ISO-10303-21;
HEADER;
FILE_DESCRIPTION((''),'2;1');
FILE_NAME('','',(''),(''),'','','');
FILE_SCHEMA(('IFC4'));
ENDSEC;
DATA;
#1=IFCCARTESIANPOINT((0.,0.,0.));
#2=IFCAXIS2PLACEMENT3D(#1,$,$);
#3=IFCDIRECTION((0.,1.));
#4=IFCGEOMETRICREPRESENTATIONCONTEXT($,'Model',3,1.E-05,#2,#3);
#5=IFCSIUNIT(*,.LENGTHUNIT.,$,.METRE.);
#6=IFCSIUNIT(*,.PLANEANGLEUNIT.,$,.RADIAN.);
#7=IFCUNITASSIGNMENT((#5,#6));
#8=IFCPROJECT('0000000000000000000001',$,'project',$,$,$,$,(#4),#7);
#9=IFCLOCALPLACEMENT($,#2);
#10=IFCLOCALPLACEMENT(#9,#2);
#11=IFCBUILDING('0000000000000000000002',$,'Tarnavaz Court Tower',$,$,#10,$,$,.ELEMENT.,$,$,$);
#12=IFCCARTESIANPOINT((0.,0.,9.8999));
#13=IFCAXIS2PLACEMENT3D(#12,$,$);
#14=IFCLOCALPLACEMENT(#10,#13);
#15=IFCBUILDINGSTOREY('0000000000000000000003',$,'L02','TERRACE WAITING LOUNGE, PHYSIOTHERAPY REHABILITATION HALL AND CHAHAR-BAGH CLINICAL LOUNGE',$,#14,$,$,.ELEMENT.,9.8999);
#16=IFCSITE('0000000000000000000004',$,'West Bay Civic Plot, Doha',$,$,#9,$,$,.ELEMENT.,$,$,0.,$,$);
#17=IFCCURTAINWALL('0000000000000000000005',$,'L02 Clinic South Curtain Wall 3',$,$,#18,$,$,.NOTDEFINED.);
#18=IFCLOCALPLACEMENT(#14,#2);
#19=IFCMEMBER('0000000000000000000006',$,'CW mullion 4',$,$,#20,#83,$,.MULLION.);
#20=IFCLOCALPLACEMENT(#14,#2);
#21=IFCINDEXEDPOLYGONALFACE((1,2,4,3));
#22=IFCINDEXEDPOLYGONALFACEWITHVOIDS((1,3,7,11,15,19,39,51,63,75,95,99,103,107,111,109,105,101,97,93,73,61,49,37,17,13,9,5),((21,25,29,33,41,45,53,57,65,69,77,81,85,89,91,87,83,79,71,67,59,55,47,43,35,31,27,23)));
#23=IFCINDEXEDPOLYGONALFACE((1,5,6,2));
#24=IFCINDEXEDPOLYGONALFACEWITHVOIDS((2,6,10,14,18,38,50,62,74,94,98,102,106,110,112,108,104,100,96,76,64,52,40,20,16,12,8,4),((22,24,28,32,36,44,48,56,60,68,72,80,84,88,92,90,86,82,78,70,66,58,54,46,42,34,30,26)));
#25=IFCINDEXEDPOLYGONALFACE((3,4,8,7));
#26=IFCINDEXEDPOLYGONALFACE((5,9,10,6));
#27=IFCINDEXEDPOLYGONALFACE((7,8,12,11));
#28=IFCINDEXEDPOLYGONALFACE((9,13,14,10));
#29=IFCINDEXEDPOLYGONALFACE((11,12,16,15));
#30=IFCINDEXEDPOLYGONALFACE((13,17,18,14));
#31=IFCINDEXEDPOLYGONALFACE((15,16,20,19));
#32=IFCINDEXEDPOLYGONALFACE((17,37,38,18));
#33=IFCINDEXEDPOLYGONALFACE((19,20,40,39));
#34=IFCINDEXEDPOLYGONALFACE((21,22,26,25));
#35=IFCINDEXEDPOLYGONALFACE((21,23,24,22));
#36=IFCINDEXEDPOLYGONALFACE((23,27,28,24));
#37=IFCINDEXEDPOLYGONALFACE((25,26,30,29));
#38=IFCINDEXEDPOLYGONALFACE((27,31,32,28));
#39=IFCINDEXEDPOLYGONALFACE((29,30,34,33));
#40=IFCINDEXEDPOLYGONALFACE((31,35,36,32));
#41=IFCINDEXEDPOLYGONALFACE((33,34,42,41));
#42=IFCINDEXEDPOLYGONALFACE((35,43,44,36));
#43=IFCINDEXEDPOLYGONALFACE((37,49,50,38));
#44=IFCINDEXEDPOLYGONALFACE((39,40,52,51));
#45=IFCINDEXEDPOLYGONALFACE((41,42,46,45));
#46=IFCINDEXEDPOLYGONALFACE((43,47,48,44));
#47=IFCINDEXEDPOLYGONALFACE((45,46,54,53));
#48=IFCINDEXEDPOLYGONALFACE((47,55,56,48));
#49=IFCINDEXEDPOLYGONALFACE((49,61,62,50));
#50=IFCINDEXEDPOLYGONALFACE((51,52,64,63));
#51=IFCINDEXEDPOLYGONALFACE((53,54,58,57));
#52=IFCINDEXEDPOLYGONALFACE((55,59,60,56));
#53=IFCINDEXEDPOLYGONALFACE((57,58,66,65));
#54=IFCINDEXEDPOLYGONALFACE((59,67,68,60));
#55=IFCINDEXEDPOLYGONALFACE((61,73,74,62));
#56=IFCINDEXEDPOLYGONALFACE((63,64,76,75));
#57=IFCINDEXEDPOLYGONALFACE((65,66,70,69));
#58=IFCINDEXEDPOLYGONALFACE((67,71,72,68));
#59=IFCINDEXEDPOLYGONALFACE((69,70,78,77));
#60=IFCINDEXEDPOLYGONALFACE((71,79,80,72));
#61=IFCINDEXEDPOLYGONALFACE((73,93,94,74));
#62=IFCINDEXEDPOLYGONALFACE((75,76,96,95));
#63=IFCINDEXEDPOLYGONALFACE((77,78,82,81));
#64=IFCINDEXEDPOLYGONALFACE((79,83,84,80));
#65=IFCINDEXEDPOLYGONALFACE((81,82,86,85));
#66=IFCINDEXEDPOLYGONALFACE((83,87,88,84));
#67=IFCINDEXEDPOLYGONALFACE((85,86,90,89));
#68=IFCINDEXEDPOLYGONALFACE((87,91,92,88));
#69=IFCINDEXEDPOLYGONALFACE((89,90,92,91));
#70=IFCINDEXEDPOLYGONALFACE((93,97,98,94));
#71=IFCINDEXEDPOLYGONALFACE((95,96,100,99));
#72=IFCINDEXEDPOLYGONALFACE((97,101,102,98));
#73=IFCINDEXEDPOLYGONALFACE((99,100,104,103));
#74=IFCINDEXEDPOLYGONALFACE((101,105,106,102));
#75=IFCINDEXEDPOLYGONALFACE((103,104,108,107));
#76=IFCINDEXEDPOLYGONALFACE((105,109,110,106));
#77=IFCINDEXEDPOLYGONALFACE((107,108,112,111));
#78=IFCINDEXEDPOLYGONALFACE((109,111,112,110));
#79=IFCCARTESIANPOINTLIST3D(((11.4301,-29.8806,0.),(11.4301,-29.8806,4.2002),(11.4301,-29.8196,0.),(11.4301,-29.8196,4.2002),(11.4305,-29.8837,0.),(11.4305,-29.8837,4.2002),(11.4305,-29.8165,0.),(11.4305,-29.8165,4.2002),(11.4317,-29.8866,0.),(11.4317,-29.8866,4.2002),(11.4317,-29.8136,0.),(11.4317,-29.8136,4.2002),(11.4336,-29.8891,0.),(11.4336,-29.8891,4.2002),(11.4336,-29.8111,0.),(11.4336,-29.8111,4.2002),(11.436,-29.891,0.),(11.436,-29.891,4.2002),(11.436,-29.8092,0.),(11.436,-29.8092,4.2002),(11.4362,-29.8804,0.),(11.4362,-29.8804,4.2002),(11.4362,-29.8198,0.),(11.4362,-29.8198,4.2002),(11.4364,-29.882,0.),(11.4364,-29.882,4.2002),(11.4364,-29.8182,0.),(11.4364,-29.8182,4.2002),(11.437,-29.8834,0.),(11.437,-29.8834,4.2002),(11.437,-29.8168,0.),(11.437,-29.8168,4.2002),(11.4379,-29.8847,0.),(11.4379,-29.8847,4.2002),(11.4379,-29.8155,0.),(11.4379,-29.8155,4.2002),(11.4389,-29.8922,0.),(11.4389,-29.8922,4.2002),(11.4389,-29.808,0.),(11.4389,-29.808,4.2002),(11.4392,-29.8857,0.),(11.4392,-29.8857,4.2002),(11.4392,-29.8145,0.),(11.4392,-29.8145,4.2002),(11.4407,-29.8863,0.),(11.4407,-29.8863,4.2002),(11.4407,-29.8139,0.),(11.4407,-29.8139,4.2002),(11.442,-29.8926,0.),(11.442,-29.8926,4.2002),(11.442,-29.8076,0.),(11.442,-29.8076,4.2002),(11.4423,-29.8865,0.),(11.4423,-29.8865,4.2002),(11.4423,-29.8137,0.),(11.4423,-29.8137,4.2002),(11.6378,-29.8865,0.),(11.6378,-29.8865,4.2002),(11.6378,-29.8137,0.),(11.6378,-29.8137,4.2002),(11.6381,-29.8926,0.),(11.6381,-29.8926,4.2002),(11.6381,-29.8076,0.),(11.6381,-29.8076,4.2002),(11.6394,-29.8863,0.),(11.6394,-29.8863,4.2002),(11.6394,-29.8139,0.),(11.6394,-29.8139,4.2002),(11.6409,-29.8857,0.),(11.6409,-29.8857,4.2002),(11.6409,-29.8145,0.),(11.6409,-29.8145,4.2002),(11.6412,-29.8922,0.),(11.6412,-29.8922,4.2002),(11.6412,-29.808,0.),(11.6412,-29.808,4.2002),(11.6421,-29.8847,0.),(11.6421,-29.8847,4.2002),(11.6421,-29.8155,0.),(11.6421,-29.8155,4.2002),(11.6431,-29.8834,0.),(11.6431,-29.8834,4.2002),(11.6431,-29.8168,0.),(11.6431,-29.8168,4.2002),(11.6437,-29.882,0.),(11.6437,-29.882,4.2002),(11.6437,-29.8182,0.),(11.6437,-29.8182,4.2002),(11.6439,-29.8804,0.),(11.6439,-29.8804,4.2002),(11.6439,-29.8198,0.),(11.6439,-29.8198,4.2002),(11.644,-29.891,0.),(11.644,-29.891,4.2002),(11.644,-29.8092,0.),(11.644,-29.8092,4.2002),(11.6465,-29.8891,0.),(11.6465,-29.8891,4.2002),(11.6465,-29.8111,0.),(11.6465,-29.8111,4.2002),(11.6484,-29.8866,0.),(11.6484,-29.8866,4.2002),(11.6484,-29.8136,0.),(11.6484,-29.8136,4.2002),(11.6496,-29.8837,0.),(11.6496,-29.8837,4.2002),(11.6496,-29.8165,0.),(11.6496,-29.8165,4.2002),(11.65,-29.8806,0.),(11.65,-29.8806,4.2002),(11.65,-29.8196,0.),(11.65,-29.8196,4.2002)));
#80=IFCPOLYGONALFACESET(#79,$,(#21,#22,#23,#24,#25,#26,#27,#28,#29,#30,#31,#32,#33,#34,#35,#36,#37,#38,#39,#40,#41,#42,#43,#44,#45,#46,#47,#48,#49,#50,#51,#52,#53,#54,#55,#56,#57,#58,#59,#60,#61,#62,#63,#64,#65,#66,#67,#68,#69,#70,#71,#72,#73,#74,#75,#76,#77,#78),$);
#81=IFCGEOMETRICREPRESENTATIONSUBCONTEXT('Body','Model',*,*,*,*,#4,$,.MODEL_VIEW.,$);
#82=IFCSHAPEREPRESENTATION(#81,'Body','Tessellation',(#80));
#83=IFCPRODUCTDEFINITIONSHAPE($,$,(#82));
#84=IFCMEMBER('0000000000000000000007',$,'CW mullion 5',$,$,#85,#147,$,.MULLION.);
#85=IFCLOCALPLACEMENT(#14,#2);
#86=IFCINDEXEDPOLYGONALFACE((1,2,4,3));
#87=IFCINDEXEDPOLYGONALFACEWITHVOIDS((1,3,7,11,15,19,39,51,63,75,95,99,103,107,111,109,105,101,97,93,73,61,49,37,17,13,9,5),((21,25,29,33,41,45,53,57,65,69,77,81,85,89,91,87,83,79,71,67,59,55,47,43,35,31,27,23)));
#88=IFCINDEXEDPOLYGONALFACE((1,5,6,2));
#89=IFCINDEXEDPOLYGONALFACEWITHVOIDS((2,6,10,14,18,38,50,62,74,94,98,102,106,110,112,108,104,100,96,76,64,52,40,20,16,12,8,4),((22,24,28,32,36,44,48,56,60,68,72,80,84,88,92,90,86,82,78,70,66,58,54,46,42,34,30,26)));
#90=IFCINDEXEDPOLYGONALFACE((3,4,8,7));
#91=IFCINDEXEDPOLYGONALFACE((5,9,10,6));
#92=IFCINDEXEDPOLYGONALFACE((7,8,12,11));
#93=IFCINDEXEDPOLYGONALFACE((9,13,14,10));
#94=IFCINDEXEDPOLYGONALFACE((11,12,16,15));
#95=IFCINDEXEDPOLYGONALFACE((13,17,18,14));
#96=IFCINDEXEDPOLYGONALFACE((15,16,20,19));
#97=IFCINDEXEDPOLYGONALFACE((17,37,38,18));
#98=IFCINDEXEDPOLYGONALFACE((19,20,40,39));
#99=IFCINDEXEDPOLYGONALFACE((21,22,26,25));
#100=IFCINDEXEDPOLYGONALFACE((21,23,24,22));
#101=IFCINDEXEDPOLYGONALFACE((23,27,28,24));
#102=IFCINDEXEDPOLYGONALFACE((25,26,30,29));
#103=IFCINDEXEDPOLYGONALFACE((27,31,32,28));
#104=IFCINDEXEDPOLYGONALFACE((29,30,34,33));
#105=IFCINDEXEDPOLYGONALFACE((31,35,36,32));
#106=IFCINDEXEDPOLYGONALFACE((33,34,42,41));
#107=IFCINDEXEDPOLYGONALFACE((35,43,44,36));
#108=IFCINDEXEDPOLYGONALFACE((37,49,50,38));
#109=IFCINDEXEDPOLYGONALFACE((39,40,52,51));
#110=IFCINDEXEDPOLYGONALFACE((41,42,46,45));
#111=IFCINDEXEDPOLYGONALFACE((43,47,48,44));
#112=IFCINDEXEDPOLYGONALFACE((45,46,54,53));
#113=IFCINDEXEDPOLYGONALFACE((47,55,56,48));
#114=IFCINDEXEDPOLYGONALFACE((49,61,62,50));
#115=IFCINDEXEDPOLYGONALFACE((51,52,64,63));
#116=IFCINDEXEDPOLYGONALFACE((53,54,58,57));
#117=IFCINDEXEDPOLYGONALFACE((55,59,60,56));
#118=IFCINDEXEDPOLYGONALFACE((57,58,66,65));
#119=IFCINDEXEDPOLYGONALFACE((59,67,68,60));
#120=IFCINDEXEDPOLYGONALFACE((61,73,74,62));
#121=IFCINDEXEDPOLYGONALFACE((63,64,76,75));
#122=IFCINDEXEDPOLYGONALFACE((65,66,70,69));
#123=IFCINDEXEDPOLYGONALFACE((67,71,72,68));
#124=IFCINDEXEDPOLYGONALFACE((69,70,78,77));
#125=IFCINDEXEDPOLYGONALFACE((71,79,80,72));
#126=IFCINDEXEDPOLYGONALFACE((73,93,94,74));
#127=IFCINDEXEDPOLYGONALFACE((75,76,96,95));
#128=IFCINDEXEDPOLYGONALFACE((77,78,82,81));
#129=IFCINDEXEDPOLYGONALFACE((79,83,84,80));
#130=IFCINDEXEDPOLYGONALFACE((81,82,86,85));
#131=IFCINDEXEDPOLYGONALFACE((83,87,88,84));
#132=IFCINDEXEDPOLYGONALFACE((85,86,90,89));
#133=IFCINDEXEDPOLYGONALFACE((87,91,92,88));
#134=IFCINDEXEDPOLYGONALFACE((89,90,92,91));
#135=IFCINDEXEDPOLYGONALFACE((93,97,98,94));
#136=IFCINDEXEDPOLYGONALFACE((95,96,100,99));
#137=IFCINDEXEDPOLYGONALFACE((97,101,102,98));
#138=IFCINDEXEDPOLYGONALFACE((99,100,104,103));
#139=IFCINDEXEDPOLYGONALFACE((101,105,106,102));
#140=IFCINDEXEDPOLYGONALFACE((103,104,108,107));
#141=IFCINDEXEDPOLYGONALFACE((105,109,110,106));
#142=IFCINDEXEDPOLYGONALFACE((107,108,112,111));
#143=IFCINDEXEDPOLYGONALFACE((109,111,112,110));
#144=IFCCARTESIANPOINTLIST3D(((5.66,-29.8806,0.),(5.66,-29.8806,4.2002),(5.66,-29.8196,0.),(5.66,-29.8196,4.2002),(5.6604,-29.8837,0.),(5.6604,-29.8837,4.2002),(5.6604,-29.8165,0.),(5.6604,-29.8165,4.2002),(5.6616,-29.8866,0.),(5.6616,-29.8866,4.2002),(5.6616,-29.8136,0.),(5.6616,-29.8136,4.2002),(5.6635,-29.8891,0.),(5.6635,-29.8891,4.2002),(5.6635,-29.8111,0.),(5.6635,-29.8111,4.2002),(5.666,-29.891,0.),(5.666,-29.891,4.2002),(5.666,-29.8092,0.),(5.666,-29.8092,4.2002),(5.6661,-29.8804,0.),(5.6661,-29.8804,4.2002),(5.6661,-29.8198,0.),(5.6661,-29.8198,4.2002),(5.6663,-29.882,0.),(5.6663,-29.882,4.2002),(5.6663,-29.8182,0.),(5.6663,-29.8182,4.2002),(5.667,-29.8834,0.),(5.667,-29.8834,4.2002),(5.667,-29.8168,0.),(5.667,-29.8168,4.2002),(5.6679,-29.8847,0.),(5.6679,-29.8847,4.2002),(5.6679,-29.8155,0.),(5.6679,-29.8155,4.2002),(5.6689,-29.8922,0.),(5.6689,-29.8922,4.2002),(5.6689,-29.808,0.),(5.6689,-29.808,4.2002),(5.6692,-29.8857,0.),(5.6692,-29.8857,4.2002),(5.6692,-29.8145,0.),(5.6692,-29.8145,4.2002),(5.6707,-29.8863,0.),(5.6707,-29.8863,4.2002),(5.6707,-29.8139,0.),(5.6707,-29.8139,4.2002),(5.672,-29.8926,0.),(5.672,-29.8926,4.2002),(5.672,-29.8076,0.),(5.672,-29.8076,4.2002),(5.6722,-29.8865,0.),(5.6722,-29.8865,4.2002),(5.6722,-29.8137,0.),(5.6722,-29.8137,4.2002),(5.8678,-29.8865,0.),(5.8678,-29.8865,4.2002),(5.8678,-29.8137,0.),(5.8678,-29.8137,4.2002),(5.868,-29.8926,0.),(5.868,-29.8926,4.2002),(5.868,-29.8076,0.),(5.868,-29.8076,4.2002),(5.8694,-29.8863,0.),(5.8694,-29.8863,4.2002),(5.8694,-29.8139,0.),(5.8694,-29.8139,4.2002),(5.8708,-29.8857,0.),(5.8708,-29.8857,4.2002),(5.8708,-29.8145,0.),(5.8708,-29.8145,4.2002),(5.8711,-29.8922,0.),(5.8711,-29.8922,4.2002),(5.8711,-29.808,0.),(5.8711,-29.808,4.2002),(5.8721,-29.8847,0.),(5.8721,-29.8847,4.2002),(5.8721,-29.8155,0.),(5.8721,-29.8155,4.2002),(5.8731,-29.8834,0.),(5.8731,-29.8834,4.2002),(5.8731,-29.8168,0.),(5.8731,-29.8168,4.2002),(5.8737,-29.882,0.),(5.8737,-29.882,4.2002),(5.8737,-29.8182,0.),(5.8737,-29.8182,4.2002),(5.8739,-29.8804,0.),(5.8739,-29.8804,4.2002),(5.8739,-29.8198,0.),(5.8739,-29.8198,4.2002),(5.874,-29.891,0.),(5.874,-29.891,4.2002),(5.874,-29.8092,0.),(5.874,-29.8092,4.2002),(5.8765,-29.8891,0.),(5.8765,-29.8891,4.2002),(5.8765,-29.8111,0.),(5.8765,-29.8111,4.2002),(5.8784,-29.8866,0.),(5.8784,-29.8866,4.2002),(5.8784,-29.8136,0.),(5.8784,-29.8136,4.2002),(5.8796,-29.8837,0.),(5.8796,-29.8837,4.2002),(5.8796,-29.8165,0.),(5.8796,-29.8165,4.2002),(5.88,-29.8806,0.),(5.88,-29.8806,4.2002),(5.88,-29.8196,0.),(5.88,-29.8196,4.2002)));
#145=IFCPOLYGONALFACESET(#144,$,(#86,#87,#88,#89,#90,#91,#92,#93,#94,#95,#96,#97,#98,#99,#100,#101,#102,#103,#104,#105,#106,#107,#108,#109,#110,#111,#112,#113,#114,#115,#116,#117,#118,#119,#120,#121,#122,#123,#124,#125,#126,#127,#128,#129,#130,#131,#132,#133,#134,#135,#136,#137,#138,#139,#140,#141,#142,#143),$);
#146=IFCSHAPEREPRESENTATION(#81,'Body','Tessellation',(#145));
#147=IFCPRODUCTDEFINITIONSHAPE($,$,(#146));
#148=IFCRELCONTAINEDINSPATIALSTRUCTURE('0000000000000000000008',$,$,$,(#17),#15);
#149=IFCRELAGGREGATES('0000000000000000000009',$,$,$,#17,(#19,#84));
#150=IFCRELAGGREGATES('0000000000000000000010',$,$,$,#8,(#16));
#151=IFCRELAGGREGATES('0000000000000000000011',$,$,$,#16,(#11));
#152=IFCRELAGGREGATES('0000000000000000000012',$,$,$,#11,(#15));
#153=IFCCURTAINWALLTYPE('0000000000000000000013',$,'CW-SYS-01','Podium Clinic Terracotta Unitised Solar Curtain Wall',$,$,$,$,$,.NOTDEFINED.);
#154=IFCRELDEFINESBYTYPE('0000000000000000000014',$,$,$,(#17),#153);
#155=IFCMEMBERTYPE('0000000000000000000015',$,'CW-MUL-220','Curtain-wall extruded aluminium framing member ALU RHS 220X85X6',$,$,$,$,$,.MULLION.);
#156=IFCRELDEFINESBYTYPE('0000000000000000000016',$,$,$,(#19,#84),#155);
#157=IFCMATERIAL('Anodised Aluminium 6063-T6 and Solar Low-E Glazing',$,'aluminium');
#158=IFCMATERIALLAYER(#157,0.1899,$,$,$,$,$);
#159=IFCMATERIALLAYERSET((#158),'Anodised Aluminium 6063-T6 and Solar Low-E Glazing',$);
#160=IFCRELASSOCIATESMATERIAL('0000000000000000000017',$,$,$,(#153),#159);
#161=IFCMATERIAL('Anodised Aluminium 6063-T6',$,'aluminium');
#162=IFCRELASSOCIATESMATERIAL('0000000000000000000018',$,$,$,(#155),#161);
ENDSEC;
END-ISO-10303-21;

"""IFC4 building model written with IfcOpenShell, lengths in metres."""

from ifc_helpers import new_model, si_unit, direction, frame, origin, origin_2d, place, context, subcontext, project, spatial, hollow_rectangle, extrude, material, layer, layer_set, material_profile, profile_set, type_object, element, aggregate, save


model = new_model("IFC4")

# Units and contexts
model_context = context("Model", 3, precision=1e-05, world=origin(), true_north=direction((0.0, 1.0)))
body_context = subcontext(model_context, "Body", "Model", "MODEL_VIEW")
ifc_project = project(units=[si_unit("LENGTHUNIT", "METRE"), si_unit("PLANEANGLEUNIT", "RADIAN")], contexts=[model_context])

# Site, building, storey
site_placement = place(None, origin())
site = spatial("IfcSite", under=ifc_project, at=site_placement, Name="West Bay Civic Plot, Doha", CompositionType="ELEMENT", RefElevation=0.0)
building_placement = place(site_placement, origin())
building = spatial("IfcBuilding", under=site, at=building_placement, Name="Tarnavaz Court Tower", CompositionType="ELEMENT")
storey_placement = place(building_placement, frame((0.0, 0.0, 9.8999)))
storey = spatial("IfcBuildingStorey", under=building, at=storey_placement, Name="L02", Description="TERRACE WAITING LOUNGE, PHYSIOTHERAPY REHABILITATION HALL AND CHAHAR-BAGH CLINICAL LOUNGE", CompositionType="ELEMENT", Elevation=9.8999)

# Curtain wall, members
ifc_material_1 = material(Name="Anodised Aluminium 6063-T6 and Solar Low-E Glazing", Category="aluminium")
ifc_layer_1 = layer(ifc_material_1, 0.1899)
ifc_layer_set_1 = layer_set([ifc_layer_1], Name="Anodised Aluminium 6063-T6 and Solar Low-E Glazing")
curtain_wall_type = type_object("IfcCurtainWallType", Name="CW-SYS-01", Description="Podium Clinic Terracotta Unitised Solar Curtain Wall", PredefinedType="NOTDEFINED", material=ifc_layer_set_1)
curtain_wall_placement = place(storey_placement, origin())
curtain_wall = element("IfcCurtainWall", 1, at=curtain_wall_placement, inside=storey, type_object=curtain_wall_type, Name="L02 Clinic South Curtain Wall 3", PredefinedType="NOTDEFINED")
ifc_material_2 = material(Name="Anodised Aluminium 6063-T6", Category="aluminium")
ifc_material_profile_1 = material_profile(ifc_material_2, hollow_rectangle(XDim=0.085, YDim=0.22, WallThickness=0.0061, InnerFilletRadius=0.0061, OuterFilletRadius=0.012, at=origin_2d()), Name="ALU RHS 220X85X6")
ifc_profile_set_1 = profile_set([ifc_material_profile_1], Name="Anodised Aluminium 6063-T6")
member_type_1 = type_object("IfcMemberType", Name="CW-MUL-220", Description="Curtain-wall extruded aluminium framing member ALU RHS 220X85X6", PredefinedType="MULLION", material=ifc_profile_set_1)
member_1_placement = place(storey_placement, frame((11.54, -29.8501, 0.0), z_axis=(0.0, 0.0, 1.0), x_axis=(0.0, -1.0, 0.0)))
member_1 = element("IfcMember", 2, at=member_1_placement, type_object=member_type_1, Name="CW mullion 4", PredefinedType="MULLION", context=body_context, shape_type="SweptSolid", body=[
    extrude(hollow_rectangle(XDim=0.085, YDim=0.22, WallThickness=0.0061, InnerFilletRadius=0.0061, OuterFilletRadius=0.012, at=origin_2d()), origin(), (0.0, 0.0, 1.0), 4.2002),
])
member_2_placement = place(storey_placement, frame((5.77, -29.8501, 0.0), z_axis=(0.0, 0.0, 1.0), x_axis=(0.0, -1.0, 0.0)))
member_2 = element("IfcMember", 3, at=member_2_placement, type_object=member_type_1, Name="CW mullion 5", PredefinedType="MULLION", context=body_context, shape_type="SweptSolid", body=[
    extrude(hollow_rectangle(XDim=0.085, YDim=0.22, WallThickness=0.0061, InnerFilletRadius=0.0061, OuterFilletRadius=0.012, at=origin_2d()), origin(), (0.0, 0.0, 1.0), 4.2002),
])
aggregate(curtain_wall, [member_1, member_2])

save(model, "model.ifc")
